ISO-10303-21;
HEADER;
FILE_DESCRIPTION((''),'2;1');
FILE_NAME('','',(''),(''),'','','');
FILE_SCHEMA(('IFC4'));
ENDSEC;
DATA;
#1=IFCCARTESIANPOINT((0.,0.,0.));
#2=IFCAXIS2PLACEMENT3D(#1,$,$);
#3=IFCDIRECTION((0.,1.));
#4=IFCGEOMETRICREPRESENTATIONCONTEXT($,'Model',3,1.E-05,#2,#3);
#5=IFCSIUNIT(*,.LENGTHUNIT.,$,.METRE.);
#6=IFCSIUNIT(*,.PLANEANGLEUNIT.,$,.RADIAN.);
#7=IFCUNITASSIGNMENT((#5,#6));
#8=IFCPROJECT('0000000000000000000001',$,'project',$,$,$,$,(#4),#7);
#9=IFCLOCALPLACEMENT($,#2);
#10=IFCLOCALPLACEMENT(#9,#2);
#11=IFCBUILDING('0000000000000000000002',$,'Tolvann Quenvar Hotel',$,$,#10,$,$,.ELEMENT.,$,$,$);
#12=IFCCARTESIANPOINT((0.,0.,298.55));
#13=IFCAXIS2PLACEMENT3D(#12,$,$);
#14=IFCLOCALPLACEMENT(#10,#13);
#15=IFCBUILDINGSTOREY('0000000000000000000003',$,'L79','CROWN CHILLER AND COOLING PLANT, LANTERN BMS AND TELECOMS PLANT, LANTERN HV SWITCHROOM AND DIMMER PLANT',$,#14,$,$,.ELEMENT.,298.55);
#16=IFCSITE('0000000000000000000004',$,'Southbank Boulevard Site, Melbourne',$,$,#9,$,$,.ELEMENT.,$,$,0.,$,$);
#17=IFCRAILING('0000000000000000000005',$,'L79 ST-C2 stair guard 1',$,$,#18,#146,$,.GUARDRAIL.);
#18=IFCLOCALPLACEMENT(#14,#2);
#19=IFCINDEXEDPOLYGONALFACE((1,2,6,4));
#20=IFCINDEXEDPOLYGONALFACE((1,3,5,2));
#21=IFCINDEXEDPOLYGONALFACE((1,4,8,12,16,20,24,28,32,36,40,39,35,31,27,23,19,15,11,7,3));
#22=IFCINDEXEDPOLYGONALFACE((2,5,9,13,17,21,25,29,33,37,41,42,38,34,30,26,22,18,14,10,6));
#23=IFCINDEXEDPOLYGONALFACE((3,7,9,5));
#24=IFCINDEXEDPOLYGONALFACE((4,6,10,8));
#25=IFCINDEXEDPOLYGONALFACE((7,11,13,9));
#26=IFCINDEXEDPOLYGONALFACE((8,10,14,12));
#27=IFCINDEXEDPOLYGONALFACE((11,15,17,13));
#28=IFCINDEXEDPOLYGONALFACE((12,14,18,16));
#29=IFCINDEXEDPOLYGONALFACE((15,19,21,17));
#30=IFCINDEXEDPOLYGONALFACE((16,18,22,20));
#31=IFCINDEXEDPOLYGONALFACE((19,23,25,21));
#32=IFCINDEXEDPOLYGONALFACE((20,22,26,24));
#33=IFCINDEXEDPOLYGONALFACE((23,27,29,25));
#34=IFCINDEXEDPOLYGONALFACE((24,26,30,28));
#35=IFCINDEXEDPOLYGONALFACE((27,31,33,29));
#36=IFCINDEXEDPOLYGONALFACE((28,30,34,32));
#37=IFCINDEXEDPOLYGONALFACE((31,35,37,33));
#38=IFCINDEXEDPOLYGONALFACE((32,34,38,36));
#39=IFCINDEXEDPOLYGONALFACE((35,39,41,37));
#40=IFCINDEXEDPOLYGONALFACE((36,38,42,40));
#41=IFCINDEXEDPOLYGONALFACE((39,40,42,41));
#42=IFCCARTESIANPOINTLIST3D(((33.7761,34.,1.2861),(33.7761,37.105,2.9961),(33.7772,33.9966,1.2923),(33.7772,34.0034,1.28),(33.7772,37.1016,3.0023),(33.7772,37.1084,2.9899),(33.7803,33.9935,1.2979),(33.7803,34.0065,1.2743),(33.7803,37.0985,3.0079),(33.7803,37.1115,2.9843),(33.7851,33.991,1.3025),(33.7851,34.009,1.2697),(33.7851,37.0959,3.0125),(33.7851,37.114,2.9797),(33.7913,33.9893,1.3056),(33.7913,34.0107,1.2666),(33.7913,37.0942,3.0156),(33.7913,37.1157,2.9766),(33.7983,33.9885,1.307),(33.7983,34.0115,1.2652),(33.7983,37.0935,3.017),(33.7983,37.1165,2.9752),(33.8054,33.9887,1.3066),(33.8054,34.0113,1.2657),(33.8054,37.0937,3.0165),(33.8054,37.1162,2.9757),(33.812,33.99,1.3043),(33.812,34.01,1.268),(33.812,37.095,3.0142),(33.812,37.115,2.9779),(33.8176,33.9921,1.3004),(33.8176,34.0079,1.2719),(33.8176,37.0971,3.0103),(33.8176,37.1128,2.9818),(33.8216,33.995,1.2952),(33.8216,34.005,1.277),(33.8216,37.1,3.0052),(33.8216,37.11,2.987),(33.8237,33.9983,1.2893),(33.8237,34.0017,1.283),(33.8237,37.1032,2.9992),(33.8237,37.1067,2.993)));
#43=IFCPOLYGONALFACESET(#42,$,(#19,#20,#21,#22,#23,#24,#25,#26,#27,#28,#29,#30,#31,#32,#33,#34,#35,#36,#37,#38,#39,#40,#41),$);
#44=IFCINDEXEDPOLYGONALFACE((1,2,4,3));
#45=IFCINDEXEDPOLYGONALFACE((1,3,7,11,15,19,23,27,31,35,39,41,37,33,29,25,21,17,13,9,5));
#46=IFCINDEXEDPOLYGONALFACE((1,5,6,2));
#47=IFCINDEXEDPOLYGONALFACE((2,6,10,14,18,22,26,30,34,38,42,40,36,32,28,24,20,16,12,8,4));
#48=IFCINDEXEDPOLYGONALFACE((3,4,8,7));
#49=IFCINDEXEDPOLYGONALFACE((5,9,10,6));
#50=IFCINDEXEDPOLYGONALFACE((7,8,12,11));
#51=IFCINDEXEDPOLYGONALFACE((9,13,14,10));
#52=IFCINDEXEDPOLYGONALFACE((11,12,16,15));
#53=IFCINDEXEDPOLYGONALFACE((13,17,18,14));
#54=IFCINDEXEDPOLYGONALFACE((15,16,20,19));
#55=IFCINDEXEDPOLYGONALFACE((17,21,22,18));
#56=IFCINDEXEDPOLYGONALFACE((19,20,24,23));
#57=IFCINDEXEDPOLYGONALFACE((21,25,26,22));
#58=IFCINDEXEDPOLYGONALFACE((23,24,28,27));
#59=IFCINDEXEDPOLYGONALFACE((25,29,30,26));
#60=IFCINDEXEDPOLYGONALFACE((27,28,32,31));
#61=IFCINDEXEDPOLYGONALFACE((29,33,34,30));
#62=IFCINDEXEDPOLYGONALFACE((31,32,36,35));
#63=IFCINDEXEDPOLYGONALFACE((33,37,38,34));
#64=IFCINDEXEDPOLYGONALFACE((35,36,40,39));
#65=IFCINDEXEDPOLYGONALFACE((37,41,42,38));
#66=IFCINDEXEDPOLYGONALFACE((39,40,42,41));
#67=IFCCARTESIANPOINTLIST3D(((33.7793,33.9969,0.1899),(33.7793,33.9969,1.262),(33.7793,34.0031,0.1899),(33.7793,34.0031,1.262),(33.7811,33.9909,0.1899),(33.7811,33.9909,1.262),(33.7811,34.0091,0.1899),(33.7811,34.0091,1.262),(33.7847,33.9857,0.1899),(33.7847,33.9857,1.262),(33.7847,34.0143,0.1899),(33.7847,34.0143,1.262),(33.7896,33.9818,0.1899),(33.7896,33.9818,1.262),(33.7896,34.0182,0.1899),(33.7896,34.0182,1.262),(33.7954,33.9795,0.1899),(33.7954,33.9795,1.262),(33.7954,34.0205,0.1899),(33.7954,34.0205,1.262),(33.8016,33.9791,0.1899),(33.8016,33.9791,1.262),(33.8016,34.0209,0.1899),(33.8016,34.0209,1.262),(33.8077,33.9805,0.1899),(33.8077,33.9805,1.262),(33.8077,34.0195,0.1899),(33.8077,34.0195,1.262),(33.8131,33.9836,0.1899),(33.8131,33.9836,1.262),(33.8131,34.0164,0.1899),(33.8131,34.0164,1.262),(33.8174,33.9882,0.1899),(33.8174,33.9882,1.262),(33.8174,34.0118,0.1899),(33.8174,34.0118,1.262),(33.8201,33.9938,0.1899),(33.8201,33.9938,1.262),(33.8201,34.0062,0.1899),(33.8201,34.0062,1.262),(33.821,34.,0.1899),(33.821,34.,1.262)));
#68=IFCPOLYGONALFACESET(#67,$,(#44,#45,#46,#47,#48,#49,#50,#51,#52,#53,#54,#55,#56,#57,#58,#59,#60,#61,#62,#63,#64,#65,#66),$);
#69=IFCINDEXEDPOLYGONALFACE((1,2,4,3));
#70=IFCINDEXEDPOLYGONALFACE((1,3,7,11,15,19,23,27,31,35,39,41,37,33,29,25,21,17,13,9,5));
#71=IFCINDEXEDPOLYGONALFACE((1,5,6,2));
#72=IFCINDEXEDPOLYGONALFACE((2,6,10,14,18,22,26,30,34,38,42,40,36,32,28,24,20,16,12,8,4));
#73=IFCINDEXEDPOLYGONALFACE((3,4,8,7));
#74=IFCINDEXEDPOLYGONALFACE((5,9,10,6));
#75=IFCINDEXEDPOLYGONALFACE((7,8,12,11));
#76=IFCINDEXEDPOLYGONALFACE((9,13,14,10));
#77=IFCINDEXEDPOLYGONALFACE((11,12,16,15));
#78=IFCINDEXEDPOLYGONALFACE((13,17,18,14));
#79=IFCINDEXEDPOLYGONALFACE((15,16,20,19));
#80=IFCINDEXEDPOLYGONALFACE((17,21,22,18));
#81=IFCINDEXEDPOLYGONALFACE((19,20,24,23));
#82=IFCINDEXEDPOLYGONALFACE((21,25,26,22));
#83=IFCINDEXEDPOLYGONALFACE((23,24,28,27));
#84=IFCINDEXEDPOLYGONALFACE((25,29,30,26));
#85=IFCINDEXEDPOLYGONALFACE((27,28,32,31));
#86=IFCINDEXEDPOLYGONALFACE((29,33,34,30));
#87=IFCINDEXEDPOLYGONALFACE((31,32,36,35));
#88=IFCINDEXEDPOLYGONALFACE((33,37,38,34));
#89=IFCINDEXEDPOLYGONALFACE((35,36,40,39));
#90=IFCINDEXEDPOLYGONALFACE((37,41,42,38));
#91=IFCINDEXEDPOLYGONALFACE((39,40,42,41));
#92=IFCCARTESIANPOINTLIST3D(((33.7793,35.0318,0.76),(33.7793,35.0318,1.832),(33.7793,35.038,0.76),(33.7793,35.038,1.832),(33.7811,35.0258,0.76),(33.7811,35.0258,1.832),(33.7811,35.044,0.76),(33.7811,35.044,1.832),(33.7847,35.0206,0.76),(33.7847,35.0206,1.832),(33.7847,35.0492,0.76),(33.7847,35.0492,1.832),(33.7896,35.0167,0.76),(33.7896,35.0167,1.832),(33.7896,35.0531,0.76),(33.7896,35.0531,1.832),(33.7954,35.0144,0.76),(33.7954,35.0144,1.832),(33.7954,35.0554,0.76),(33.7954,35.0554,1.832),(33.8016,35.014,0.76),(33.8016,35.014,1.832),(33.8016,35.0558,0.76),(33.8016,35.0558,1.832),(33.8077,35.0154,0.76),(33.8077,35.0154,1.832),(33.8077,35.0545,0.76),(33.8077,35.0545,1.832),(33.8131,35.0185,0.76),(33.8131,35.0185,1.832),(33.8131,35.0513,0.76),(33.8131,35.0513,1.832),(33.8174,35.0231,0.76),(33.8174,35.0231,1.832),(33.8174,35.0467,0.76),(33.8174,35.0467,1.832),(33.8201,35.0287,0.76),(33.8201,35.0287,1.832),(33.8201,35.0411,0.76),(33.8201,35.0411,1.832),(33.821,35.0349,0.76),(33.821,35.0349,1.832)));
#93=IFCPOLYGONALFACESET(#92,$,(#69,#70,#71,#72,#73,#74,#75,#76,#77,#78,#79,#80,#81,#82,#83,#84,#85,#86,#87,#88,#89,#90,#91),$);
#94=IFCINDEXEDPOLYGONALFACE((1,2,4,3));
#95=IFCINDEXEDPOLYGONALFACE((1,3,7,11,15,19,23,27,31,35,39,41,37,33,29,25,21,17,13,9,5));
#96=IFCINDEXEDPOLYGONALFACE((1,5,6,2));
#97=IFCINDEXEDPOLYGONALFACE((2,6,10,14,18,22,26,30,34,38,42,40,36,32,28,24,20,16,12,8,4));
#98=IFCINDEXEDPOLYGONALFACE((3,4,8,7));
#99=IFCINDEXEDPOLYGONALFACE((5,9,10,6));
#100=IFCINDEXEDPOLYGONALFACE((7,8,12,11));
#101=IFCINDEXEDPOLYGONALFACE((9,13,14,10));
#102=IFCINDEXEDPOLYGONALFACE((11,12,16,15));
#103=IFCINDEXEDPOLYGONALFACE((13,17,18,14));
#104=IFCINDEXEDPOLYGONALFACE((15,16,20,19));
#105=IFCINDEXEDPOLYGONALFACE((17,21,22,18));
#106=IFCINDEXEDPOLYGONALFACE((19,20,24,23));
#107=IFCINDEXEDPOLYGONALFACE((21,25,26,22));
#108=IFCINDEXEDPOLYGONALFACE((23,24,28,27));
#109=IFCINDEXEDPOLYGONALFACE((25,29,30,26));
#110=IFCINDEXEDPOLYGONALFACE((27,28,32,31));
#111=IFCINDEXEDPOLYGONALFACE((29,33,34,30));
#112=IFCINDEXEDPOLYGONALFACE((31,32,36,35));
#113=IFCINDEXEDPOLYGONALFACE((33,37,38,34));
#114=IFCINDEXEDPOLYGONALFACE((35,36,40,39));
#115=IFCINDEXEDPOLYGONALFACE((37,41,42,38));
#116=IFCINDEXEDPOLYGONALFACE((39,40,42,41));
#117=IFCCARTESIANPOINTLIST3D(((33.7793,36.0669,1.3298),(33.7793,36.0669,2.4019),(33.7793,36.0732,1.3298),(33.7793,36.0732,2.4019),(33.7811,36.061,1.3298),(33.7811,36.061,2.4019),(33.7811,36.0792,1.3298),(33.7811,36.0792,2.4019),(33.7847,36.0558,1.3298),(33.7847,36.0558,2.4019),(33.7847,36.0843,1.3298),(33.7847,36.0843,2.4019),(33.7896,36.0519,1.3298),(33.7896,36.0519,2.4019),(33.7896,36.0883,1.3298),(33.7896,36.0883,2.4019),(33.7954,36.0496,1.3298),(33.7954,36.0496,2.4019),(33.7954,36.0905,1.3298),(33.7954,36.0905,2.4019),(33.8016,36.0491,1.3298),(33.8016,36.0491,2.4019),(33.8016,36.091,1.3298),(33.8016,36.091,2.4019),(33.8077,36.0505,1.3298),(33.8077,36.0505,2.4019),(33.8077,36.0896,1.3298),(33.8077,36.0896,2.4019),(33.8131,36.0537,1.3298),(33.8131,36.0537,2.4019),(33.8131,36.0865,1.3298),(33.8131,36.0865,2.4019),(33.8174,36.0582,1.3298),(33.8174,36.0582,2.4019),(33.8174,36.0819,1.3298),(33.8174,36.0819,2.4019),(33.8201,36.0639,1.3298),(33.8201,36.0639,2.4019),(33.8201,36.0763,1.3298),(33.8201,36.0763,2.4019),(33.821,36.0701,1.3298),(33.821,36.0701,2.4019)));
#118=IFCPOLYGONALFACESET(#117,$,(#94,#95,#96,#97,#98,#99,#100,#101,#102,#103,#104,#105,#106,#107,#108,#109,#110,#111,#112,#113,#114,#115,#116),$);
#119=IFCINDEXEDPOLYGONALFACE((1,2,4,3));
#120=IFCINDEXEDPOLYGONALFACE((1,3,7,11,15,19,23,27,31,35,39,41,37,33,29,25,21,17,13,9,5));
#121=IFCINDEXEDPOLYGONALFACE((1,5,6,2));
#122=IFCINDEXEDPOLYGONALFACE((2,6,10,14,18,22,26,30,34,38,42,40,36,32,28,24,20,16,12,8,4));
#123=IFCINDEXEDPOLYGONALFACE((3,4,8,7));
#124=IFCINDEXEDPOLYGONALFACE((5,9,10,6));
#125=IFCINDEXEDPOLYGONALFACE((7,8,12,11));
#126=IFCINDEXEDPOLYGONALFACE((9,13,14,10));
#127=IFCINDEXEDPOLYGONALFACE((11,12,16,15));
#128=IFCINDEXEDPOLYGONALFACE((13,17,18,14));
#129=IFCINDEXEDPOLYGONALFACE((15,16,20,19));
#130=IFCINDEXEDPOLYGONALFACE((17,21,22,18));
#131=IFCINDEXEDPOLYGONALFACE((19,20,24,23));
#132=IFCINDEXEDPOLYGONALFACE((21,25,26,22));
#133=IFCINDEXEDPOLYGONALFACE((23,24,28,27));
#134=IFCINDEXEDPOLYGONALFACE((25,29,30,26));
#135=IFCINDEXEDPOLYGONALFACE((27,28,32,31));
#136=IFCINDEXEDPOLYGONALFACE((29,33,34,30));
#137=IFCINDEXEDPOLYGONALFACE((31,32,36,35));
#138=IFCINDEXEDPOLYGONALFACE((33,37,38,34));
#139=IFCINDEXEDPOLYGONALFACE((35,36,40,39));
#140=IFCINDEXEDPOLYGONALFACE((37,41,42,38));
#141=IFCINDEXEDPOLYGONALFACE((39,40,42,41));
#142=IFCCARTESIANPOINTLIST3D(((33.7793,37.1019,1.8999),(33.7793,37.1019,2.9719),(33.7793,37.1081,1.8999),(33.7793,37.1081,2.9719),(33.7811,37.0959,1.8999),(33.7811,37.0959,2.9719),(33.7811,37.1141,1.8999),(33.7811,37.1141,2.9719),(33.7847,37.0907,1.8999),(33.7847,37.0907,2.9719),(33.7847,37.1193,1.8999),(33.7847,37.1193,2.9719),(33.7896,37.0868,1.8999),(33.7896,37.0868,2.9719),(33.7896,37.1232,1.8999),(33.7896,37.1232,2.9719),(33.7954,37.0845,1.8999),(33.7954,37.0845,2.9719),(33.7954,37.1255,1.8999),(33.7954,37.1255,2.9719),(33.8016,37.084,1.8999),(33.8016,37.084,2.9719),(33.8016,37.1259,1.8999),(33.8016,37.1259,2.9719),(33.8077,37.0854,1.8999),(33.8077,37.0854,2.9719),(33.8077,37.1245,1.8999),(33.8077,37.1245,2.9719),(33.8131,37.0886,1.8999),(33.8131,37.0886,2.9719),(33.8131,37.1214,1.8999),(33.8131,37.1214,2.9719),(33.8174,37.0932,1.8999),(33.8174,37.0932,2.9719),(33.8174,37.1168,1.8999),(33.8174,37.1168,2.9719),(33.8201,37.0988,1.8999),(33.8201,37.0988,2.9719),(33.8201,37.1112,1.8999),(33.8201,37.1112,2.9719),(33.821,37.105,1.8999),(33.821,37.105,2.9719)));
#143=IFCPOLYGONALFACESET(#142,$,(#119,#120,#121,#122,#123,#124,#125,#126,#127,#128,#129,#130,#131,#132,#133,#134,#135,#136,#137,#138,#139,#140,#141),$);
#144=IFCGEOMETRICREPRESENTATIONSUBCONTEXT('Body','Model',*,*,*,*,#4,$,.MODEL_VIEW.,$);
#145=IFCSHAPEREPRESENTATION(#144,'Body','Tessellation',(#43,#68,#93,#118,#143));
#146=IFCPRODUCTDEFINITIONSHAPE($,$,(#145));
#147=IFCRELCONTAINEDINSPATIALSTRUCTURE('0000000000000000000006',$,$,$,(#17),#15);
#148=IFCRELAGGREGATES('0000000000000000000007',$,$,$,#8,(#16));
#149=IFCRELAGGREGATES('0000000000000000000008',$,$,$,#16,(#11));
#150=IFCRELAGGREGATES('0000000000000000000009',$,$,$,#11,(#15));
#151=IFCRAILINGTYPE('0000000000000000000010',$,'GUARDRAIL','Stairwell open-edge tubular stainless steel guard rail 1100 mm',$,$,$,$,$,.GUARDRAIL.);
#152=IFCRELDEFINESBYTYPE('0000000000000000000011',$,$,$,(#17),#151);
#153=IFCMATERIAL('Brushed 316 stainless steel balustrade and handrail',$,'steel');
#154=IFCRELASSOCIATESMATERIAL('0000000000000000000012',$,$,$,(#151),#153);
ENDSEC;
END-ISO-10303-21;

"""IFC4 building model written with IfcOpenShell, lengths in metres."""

from ifc_helpers import new_model, si_unit, direction, frame, origin, origin_2d, place, context, subcontext, project, spatial, circle, extrude, material, type_object, element, save


model = new_model("IFC4")

# Units and contexts
model_context = context("Model", 3, precision=1e-05, world=origin(), true_north=direction((0.0, 1.0)))
body_context = subcontext(model_context, "Body", "Model", "MODEL_VIEW")
ifc_project = project(units=[si_unit("LENGTHUNIT", "METRE"), si_unit("PLANEANGLEUNIT", "RADIAN")], contexts=[model_context])

# Site, building, storey
site_placement = place(None, origin())
site = spatial("IfcSite", under=ifc_project, at=site_placement, Name="Southbank Boulevard Site, Melbourne", CompositionType="ELEMENT", RefElevation=0.0)
building_placement = place(site_placement, origin())
building = spatial("IfcBuilding", under=site, at=building_placement, Name="Tolvann Quenvar Hotel", CompositionType="ELEMENT")
storey_placement = place(building_placement, frame((0.0, 0.0, 298.55)))
storey = spatial("IfcBuildingStorey", under=building, at=storey_placement, Name="L79", Description="CROWN CHILLER AND COOLING PLANT, LANTERN BMS AND TELECOMS PLANT, LANTERN HV SWITCHROOM AND DIMMER PLANT", CompositionType="ELEMENT", Elevation=298.55)

# Railing
ifc_material_1 = material(Name="Brushed 316 stainless steel balustrade and handrail", Category="steel")
railing_type_1 = type_object("IfcRailingType", Name="GUARDRAIL", Description="Stairwell open-edge tubular stainless steel guard rail 1100 mm", PredefinedType="GUARDRAIL", material=ifc_material_1)
railing_1_placement = place(storey_placement, frame((33.8, 34.0, 0.1899)))
element("IfcRailing", 1, at=railing_1_placement, inside=storey, type_object=railing_type_1, Name="L79 ST-C2 stair guard 1", PredefinedType="GUARDRAIL", context=body_context, shape_type="SweptSolid", body=[
    extrude(circle(Radius=0.0239, at=origin_2d()), frame((0.0, 0.0, 1.0962), z_axis=(0.0, 0.875951, 0.4824), x_axis=(-1.0, 0.0, 0.0)), (0.0, 0.0, 1.0), 3.5447),
    extrude(circle(Radius=0.021, at=origin_2d()), origin(), (0.0, 0.0, 1.0), 1.072),
    extrude(circle(Radius=0.021, at=origin_2d()), frame((0.0, 1.0349, 0.5701)), (0.0, 0.0, 1.0), 1.072),
    extrude(circle(Radius=0.021, at=origin_2d()), frame((0.0, 2.0701, 1.1399)), (0.0, 0.0, 1.0), 1.072),
    extrude(circle(Radius=0.021, at=origin_2d()), frame((0.0, 3.105, 1.71)), (0.0, 0.0, 1.0), 1.072),
])

save(model, "model.ifc")
